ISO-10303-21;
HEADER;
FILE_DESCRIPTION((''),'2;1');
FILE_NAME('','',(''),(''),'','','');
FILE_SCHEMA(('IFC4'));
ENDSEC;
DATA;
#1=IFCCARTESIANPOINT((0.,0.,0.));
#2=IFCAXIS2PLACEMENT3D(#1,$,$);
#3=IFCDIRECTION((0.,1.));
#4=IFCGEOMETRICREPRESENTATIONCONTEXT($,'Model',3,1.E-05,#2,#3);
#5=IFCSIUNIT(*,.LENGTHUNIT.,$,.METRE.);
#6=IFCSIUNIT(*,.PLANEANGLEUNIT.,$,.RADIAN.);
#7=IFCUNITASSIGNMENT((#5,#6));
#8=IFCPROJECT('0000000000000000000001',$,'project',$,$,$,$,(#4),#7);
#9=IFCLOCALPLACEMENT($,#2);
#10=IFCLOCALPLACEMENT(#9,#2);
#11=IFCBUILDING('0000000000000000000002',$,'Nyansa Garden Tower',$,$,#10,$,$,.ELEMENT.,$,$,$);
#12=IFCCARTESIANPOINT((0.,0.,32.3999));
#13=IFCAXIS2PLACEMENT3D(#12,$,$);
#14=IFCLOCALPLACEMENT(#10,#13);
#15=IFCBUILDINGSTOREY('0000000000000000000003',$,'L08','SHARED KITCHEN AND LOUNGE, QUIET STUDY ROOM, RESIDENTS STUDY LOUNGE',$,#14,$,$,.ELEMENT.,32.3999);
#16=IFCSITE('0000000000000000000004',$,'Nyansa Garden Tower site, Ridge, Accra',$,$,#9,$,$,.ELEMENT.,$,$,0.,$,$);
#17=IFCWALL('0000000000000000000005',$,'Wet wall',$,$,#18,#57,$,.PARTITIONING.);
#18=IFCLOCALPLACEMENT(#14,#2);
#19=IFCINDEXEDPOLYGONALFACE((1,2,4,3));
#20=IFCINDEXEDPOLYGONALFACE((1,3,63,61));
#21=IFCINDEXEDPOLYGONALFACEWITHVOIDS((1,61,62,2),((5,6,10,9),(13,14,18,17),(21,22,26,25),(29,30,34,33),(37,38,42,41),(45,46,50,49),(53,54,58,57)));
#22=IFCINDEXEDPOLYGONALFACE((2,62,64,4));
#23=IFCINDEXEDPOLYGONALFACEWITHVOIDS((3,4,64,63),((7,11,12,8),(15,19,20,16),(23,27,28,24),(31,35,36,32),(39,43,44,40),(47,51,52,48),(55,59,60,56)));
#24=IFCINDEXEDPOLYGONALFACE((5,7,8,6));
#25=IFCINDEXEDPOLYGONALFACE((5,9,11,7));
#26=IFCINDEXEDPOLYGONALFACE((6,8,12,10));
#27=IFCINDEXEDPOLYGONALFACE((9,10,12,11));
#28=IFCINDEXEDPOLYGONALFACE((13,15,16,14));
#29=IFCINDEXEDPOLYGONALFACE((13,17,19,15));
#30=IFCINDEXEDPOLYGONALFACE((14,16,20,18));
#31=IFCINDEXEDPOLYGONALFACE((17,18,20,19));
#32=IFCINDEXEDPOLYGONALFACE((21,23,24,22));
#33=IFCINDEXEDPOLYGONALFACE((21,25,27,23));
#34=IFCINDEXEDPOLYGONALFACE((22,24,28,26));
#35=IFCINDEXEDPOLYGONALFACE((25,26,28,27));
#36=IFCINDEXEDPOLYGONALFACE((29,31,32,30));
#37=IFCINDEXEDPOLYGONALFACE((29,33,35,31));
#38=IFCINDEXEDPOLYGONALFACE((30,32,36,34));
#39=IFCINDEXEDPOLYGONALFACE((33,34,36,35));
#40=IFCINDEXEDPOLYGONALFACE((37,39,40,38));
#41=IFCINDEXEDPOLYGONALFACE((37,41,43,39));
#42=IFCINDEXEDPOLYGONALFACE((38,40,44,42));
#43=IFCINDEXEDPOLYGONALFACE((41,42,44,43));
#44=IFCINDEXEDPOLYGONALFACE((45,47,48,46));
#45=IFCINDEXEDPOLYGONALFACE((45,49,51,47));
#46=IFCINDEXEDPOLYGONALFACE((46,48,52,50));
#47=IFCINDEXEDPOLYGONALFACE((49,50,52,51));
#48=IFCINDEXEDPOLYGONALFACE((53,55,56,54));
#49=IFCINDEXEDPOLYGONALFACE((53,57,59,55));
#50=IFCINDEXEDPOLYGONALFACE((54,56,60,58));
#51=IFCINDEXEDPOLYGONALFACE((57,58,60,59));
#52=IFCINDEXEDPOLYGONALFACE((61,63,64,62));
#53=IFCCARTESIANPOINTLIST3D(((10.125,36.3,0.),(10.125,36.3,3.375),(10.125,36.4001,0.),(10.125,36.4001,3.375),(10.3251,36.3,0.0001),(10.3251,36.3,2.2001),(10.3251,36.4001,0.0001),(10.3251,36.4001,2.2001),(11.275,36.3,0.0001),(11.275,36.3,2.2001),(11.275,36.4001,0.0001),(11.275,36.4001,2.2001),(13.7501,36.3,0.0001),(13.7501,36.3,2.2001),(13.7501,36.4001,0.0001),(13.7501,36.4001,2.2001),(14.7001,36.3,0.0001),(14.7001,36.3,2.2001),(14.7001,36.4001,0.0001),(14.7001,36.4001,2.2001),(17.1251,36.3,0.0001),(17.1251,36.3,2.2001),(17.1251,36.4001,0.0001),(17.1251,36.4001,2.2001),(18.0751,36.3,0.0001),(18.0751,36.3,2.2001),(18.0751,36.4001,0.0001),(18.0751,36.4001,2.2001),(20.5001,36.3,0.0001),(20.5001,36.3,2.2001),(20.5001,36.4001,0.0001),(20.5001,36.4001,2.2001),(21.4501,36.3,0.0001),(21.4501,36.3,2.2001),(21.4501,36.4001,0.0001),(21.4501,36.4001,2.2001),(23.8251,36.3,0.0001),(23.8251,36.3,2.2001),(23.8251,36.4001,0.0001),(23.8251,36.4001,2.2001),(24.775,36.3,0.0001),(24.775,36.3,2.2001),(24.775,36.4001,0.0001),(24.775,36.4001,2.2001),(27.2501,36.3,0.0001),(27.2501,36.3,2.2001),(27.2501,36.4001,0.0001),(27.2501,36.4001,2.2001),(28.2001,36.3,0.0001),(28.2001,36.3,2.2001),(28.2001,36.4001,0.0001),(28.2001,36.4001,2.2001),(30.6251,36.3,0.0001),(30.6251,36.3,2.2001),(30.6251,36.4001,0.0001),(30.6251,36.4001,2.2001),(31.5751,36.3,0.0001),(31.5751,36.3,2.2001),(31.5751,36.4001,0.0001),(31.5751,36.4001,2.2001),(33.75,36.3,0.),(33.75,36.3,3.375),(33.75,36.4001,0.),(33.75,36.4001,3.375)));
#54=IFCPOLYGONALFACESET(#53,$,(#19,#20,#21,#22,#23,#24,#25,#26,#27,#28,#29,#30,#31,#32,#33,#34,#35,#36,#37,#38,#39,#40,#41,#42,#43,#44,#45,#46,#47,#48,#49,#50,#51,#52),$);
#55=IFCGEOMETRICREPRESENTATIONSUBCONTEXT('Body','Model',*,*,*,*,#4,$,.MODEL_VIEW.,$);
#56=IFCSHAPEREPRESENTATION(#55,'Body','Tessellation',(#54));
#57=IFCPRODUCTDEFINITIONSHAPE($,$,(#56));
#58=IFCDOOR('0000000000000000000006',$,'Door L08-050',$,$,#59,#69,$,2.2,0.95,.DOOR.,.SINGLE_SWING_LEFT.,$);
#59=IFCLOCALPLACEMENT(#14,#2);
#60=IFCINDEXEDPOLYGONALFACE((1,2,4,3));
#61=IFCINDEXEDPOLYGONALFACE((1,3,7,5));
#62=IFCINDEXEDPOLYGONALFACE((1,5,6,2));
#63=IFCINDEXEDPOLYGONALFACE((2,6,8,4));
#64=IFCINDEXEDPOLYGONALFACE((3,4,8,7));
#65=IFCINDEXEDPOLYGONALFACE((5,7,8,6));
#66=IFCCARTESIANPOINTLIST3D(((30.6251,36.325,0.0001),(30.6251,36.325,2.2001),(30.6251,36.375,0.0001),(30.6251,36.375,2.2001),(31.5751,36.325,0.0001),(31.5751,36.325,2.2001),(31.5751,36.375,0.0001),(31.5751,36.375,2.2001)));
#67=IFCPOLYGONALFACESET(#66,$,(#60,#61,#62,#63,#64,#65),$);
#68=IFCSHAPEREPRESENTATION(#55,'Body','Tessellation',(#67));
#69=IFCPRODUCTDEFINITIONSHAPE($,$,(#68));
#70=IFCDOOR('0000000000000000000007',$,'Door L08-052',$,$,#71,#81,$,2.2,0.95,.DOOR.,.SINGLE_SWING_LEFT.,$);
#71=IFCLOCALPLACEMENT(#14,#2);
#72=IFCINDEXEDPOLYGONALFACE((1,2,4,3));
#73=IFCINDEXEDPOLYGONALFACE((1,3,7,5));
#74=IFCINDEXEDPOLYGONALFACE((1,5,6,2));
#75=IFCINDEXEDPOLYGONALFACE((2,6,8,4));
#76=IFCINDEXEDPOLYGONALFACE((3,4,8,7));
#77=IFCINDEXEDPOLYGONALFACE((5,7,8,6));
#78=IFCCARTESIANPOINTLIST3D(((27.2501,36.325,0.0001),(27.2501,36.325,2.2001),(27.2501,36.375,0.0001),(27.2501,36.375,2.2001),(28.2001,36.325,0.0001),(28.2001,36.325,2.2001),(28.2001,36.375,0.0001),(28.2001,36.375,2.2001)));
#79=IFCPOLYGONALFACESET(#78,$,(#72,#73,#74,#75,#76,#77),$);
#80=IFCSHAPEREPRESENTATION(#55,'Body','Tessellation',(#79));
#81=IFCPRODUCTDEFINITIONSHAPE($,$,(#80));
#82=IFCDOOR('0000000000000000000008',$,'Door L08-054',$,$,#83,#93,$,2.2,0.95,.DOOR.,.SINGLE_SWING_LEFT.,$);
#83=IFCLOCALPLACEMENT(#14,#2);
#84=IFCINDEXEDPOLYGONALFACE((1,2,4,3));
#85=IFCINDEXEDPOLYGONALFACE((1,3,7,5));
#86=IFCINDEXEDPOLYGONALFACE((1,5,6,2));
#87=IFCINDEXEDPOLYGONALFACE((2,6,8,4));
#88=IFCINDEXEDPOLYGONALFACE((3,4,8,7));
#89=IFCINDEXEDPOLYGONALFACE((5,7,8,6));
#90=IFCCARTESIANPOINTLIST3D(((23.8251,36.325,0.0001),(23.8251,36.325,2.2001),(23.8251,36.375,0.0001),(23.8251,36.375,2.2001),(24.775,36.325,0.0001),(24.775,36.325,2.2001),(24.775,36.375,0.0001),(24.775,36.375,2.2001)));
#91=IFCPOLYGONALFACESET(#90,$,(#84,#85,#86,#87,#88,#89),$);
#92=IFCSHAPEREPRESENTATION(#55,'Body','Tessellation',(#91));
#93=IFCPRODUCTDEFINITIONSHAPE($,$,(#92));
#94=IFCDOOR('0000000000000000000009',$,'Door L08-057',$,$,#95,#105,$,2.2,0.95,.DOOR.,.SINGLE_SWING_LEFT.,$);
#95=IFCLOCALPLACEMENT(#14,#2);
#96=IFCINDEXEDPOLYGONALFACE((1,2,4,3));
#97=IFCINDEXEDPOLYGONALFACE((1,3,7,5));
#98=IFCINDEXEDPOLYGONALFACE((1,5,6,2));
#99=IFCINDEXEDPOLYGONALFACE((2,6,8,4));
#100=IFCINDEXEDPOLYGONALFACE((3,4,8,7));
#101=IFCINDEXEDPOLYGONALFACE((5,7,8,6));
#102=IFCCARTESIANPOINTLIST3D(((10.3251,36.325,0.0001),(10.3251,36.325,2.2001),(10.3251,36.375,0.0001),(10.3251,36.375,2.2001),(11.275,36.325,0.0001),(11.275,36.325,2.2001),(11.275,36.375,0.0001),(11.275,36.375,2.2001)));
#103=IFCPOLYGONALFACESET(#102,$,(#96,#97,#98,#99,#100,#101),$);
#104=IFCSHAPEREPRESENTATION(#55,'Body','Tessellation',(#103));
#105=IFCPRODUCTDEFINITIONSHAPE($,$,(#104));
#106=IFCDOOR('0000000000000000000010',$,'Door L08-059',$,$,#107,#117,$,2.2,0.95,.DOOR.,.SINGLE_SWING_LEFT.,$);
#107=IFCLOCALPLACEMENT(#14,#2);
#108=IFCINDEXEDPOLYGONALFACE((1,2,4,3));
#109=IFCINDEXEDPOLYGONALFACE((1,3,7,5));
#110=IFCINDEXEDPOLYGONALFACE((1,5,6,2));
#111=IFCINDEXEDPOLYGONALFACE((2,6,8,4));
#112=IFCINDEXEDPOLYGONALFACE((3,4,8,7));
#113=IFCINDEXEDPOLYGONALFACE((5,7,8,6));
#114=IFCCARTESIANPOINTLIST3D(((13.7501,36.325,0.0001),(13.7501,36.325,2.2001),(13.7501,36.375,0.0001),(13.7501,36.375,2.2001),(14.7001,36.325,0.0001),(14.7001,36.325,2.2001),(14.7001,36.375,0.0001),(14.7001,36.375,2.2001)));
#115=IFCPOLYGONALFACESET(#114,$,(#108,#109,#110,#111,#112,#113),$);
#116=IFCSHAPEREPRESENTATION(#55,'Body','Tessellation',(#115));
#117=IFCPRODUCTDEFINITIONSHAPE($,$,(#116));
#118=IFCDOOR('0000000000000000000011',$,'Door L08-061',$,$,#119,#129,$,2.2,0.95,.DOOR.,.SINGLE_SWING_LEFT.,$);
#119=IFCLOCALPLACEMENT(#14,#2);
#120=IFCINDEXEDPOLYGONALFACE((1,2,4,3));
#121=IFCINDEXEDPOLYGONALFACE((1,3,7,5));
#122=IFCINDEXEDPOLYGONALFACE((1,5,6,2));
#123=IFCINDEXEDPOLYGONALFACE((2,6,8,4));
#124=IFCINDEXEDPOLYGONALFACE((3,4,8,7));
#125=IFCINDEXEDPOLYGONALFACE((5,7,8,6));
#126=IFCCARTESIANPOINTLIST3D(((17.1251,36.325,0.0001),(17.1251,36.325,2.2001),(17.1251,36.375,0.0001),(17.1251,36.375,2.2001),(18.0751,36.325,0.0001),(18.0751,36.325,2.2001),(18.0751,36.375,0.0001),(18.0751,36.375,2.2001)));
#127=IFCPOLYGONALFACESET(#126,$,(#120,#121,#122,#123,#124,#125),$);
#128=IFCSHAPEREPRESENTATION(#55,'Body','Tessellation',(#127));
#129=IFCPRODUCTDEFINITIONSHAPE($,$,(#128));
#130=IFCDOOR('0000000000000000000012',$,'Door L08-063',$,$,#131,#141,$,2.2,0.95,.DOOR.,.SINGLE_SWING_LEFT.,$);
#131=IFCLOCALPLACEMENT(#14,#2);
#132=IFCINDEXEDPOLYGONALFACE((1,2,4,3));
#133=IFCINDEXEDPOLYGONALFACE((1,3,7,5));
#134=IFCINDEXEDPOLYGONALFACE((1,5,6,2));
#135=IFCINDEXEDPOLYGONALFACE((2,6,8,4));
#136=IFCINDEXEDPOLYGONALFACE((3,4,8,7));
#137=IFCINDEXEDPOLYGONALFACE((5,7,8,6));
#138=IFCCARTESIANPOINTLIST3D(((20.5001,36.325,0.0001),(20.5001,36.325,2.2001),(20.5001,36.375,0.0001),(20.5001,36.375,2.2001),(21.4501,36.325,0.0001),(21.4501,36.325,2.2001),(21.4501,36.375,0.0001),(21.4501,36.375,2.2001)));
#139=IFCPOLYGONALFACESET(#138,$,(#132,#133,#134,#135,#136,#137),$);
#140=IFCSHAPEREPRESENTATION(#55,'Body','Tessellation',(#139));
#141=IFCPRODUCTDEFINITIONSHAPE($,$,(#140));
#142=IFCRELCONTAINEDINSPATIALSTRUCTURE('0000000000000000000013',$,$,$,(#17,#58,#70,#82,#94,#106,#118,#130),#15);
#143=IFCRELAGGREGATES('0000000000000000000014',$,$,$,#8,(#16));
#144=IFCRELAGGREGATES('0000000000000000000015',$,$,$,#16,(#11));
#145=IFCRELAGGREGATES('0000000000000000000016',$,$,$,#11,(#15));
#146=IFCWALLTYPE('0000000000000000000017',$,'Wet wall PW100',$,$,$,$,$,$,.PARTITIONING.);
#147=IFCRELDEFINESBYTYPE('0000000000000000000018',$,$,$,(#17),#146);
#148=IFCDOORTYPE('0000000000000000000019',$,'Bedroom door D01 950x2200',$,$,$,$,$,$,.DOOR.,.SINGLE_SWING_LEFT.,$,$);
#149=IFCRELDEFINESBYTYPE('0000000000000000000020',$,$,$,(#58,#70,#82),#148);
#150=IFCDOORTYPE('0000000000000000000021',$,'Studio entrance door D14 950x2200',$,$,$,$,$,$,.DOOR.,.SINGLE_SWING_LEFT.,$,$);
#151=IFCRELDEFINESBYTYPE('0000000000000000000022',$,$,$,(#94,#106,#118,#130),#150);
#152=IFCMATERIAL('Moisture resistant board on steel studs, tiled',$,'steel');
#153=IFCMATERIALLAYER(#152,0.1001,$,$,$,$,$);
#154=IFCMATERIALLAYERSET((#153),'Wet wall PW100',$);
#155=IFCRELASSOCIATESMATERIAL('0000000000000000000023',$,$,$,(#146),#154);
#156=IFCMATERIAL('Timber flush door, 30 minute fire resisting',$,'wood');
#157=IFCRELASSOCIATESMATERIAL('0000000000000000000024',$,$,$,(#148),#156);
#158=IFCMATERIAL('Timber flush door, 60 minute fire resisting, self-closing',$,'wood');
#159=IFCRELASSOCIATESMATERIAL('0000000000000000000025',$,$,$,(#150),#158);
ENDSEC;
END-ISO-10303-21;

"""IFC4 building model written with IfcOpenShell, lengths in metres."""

from ifc_helpers import new_model, si_unit, direction, frame, frame_2d, origin, place, context, subcontext, project, spatial, rectangle, extrude, material, layer, layer_set, type_object, element, fill, save


model = new_model("IFC4")

# Units and contexts
model_context = context("Model", 3, precision=1e-05, world=origin(), true_north=direction((0.0, 1.0)))
body_context = subcontext(model_context, "Body", "Model", "MODEL_VIEW")
ifc_project = project(units=[si_unit("LENGTHUNIT", "METRE"), si_unit("PLANEANGLEUNIT", "RADIAN")], contexts=[model_context])

# Site, building, storey
site_placement = place(None, origin())
site = spatial("IfcSite", under=ifc_project, at=site_placement, Name="Nyansa Garden Tower site, Ridge, Accra", CompositionType="ELEMENT", RefElevation=0.0)
building_placement = place(site_placement, origin())
building = spatial("IfcBuilding", under=site, at=building_placement, Name="Nyansa Garden Tower", CompositionType="ELEMENT")
storey_placement = place(building_placement, frame((0.0, 0.0, 32.3999)))
storey = spatial("IfcBuildingStorey", under=building, at=storey_placement, Name="L08", Description="SHARED KITCHEN AND LOUNGE, QUIET STUDY ROOM, RESIDENTS STUDY LOUNGE", CompositionType="ELEMENT", Elevation=32.3999)

# Wall, openings, doors
ifc_material_1 = material(Name="Moisture resistant board on steel studs, tiled", Category="steel")
ifc_layer_1 = layer(ifc_material_1, 0.1001)
ifc_layer_set_1 = layer_set([ifc_layer_1], Name="Wet wall PW100")
wall_type_1 = type_object("IfcWallType", Name="Wet wall PW100", PredefinedType="PARTITIONING", material=ifc_layer_set_1)
wall_1_placement = place(storey_placement, frame((10.125, 36.3501, 0.0), z_axis=(0.0, 0.0, 1.0), x_axis=(1.0, 0.0, 0.0)))
wall_1 = element("IfcWall", 1, at=wall_1_placement, inside=storey, type_object=wall_type_1, Name="Wet wall", PredefinedType="PARTITIONING", context=body_context, shape_type="SweptSolid", body=[
    extrude(rectangle(XDim=23.625, YDim=0.1001, at=frame_2d((11.8125, 0.0))), origin(), (0.0, 0.0, 1.0), 3.375),
])
opening_1_placement = place(wall_1_placement, frame((20.5, 0.0, 0.0)))
opening_1 = element("IfcOpeningElement", 2, at=opening_1_placement, cuts=wall_1, PredefinedType="OPENING", context=body_context, shape_type="SweptSolid", body=[
    extrude(rectangle(XDim=0.95, YDim=2.2, at=frame_2d((0.4751, 1.1001))), frame((0.0, 0.0601, 0.0), z_axis=(0.0, -1.0, 0.0), x_axis=(1.0, 0.0, 0.0)), (0.0, 0.0, 1.0), 0.1201),
])
opening_2_placement = place(wall_1_placement, frame((17.125, 0.0, 0.0)))
opening_2 = element("IfcOpeningElement", 3, at=opening_2_placement, cuts=wall_1, PredefinedType="OPENING", context=body_context, shape_type="SweptSolid", body=[
    extrude(rectangle(XDim=0.95, YDim=2.2, at=frame_2d((0.4751, 1.1001))), frame((0.0, 0.0601, 0.0), z_axis=(0.0, -1.0, 0.0), x_axis=(1.0, 0.0, 0.0)), (0.0, 0.0, 1.0), 0.1201),
])
opening_3_placement = place(wall_1_placement, frame((13.7, 0.0, 0.0)))
opening_3 = element("IfcOpeningElement", 4, at=opening_3_placement, cuts=wall_1, PredefinedType="OPENING", context=body_context, shape_type="SweptSolid", body=[
    extrude(rectangle(XDim=0.95, YDim=2.2, at=frame_2d((0.4751, 1.1001))), frame((0.0, 0.0601, 0.0), z_axis=(0.0, -1.0, 0.0), x_axis=(1.0, 0.0, 0.0)), (0.0, 0.0, 1.0), 0.1201),
])
opening_4_placement = place(wall_1_placement, frame((0.2, 0.0, 0.0)))
opening_4 = element("IfcOpeningElement", 5, at=opening_4_placement, cuts=wall_1, PredefinedType="OPENING", context=body_context, shape_type="SweptSolid", body=[
    extrude(rectangle(XDim=0.95, YDim=2.2, at=frame_2d((0.4751, 1.1001))), frame((0.0, 0.0601, 0.0), z_axis=(0.0, -1.0, 0.0), x_axis=(1.0, 0.0, 0.0)), (0.0, 0.0, 1.0), 0.1201),
])
opening_5_placement = place(wall_1_placement, frame((3.625, 0.0, 0.0)))
opening_5 = element("IfcOpeningElement", 6, at=opening_5_placement, cuts=wall_1, PredefinedType="OPENING", context=body_context, shape_type="SweptSolid", body=[
    extrude(rectangle(XDim=0.95, YDim=2.2, at=frame_2d((0.4751, 1.1001))), frame((0.0, 0.0601, 0.0), z_axis=(0.0, -1.0, 0.0), x_axis=(1.0, 0.0, 0.0)), (0.0, 0.0, 1.0), 0.1201),
])
opening_6_placement = place(wall_1_placement, frame((7.0, 0.0, 0.0)))
opening_6 = element("IfcOpeningElement", 7, at=opening_6_placement, cuts=wall_1, PredefinedType="OPENING", context=body_context, shape_type="SweptSolid", body=[
    extrude(rectangle(XDim=0.95, YDim=2.2, at=frame_2d((0.4751, 1.1001))), frame((0.0, 0.0601, 0.0), z_axis=(0.0, -1.0, 0.0), x_axis=(1.0, 0.0, 0.0)), (0.0, 0.0, 1.0), 0.1201),
])
opening_7_placement = place(wall_1_placement, frame((10.375, 0.0, 0.0)))
opening_7 = element("IfcOpeningElement", 8, at=opening_7_placement, cuts=wall_1, PredefinedType="OPENING", context=body_context, shape_type="SweptSolid", body=[
    extrude(rectangle(XDim=0.95, YDim=2.2, at=frame_2d((0.4751, 1.1001))), frame((0.0, 0.0601, 0.0), z_axis=(0.0, -1.0, 0.0), x_axis=(1.0, 0.0, 0.0)), (0.0, 0.0, 1.0), 0.1201),
])
ifc_material_2 = material(Name="Timber flush door, 30 minute fire resisting", Category="wood")
door_type_1 = type_object("IfcDoorType", Name="Bedroom door D01 950x2200", OperationType="SINGLE_SWING_LEFT", PredefinedType="DOOR", material=ifc_material_2)
door_1_placement = place(opening_1_placement, origin())
door_1 = element("IfcDoor", 9, at=door_1_placement, inside=storey, type_object=door_type_1, Name="Door L08-050", OperationType="SINGLE_SWING_LEFT", OverallHeight=2.2, OverallWidth=0.95, PredefinedType="DOOR", context=body_context, shape_type="SweptSolid", body=[
    extrude(rectangle(XDim=0.95, YDim=2.2, at=frame_2d((0.4751, 1.1001))), frame((0.0, 0.0249, 0.0), z_axis=(0.0, -1.0, 0.0), x_axis=(1.0, 0.0, 0.0)), (0.0, 0.0, 1.0), 0.05),
])
fill(opening_1, door_1)
door_2_placement = place(opening_2_placement, origin())
door_2 = element("IfcDoor", 10, at=door_2_placement, inside=storey, type_object=door_type_1, Name="Door L08-052", OperationType="SINGLE_SWING_LEFT", OverallHeight=2.2, OverallWidth=0.95, PredefinedType="DOOR", context=body_context, shape_type="SweptSolid", body=[
    extrude(rectangle(XDim=0.95, YDim=2.2, at=frame_2d((0.4751, 1.1001))), frame((0.0, 0.0249, 0.0), z_axis=(0.0, -1.0, 0.0), x_axis=(1.0, 0.0, 0.0)), (0.0, 0.0, 1.0), 0.05),
])
fill(opening_2, door_2)
door_3_placement = place(opening_3_placement, origin())
door_3 = element("IfcDoor", 11, at=door_3_placement, inside=storey, type_object=door_type_1, Name="Door L08-054", OperationType="SINGLE_SWING_LEFT", OverallHeight=2.2, OverallWidth=0.95, PredefinedType="DOOR", context=body_context, shape_type="SweptSolid", body=[
    extrude(rectangle(XDim=0.95, YDim=2.2, at=frame_2d((0.4751, 1.1001))), frame((0.0, 0.0249, 0.0), z_axis=(0.0, -1.0, 0.0), x_axis=(1.0, 0.0, 0.0)), (0.0, 0.0, 1.0), 0.05),
])
fill(opening_3, door_3)
ifc_material_3 = material(Name="Timber flush door, 60 minute fire resisting, self-closing", Category="wood")
door_type_2 = type_object("IfcDoorType", Name="Studio entrance door D14 950x2200", OperationType="SINGLE_SWING_LEFT", PredefinedType="DOOR", material=ifc_material_3)
door_4_placement = place(opening_4_placement, origin())
door_4 = element("IfcDoor", 12, at=door_4_placement, inside=storey, type_object=door_type_2, Name="Door L08-057", OperationType="SINGLE_SWING_LEFT", OverallHeight=2.2, OverallWidth=0.95, PredefinedType="DOOR", context=body_context, shape_type="SweptSolid", body=[
    extrude(rectangle(XDim=0.95, YDim=2.2, at=frame_2d((0.4751, 1.1001))), frame((0.0, 0.0249, 0.0), z_axis=(0.0, -1.0, 0.0), x_axis=(1.0, 0.0, 0.0)), (0.0, 0.0, 1.0), 0.05),
])
fill(opening_4, door_4)
door_5_placement = place(opening_5_placement, origin())
door_5 = element("IfcDoor", 13, at=door_5_placement, inside=storey, type_object=door_type_2, Name="Door L08-059", OperationType="SINGLE_SWING_LEFT", OverallHeight=2.2, OverallWidth=0.95, PredefinedType="DOOR", context=body_context, shape_type="SweptSolid", body=[
    extrude(rectangle(XDim=0.95, YDim=2.2, at=frame_2d((0.4751, 1.1001))), frame((0.0, 0.0249, 0.0), z_axis=(0.0, -1.0, 0.0), x_axis=(1.0, 0.0, 0.0)), (0.0, 0.0, 1.0), 0.05),
])
fill(opening_5, door_5)
door_6_placement = place(opening_6_placement, origin())
door_6 = element("IfcDoor", 14, at=door_6_placement, inside=storey, type_object=door_type_2, Name="Door L08-061", OperationType="SINGLE_SWING_LEFT", OverallHeight=2.2, OverallWidth=0.95, PredefinedType="DOOR", context=body_context, shape_type="SweptSolid", body=[
    extrude(rectangle(XDim=0.95, YDim=2.2, at=frame_2d((0.4751, 1.1001))), frame((0.0, 0.0249, 0.0), z_axis=(0.0, -1.0, 0.0), x_axis=(1.0, 0.0, 0.0)), (0.0, 0.0, 1.0), 0.05),
])
fill(opening_6, door_6)
door_7_placement = place(opening_7_placement, origin())
door_7 = element("IfcDoor", 15, at=door_7_placement, inside=storey, type_object=door_type_2, Name="Door L08-063", OperationType="SINGLE_SWING_LEFT", OverallHeight=2.2, OverallWidth=0.95, PredefinedType="DOOR", context=body_context, shape_type="SweptSolid", body=[
    extrude(rectangle(XDim=0.95, YDim=2.2, at=frame_2d((0.4751, 1.1001))), frame((0.0, 0.0249, 0.0), z_axis=(0.0, -1.0, 0.0), x_axis=(1.0, 0.0, 0.0)), (0.0, 0.0, 1.0), 0.05),
])
fill(opening_7, door_7)

save(model, "model.ifc")
